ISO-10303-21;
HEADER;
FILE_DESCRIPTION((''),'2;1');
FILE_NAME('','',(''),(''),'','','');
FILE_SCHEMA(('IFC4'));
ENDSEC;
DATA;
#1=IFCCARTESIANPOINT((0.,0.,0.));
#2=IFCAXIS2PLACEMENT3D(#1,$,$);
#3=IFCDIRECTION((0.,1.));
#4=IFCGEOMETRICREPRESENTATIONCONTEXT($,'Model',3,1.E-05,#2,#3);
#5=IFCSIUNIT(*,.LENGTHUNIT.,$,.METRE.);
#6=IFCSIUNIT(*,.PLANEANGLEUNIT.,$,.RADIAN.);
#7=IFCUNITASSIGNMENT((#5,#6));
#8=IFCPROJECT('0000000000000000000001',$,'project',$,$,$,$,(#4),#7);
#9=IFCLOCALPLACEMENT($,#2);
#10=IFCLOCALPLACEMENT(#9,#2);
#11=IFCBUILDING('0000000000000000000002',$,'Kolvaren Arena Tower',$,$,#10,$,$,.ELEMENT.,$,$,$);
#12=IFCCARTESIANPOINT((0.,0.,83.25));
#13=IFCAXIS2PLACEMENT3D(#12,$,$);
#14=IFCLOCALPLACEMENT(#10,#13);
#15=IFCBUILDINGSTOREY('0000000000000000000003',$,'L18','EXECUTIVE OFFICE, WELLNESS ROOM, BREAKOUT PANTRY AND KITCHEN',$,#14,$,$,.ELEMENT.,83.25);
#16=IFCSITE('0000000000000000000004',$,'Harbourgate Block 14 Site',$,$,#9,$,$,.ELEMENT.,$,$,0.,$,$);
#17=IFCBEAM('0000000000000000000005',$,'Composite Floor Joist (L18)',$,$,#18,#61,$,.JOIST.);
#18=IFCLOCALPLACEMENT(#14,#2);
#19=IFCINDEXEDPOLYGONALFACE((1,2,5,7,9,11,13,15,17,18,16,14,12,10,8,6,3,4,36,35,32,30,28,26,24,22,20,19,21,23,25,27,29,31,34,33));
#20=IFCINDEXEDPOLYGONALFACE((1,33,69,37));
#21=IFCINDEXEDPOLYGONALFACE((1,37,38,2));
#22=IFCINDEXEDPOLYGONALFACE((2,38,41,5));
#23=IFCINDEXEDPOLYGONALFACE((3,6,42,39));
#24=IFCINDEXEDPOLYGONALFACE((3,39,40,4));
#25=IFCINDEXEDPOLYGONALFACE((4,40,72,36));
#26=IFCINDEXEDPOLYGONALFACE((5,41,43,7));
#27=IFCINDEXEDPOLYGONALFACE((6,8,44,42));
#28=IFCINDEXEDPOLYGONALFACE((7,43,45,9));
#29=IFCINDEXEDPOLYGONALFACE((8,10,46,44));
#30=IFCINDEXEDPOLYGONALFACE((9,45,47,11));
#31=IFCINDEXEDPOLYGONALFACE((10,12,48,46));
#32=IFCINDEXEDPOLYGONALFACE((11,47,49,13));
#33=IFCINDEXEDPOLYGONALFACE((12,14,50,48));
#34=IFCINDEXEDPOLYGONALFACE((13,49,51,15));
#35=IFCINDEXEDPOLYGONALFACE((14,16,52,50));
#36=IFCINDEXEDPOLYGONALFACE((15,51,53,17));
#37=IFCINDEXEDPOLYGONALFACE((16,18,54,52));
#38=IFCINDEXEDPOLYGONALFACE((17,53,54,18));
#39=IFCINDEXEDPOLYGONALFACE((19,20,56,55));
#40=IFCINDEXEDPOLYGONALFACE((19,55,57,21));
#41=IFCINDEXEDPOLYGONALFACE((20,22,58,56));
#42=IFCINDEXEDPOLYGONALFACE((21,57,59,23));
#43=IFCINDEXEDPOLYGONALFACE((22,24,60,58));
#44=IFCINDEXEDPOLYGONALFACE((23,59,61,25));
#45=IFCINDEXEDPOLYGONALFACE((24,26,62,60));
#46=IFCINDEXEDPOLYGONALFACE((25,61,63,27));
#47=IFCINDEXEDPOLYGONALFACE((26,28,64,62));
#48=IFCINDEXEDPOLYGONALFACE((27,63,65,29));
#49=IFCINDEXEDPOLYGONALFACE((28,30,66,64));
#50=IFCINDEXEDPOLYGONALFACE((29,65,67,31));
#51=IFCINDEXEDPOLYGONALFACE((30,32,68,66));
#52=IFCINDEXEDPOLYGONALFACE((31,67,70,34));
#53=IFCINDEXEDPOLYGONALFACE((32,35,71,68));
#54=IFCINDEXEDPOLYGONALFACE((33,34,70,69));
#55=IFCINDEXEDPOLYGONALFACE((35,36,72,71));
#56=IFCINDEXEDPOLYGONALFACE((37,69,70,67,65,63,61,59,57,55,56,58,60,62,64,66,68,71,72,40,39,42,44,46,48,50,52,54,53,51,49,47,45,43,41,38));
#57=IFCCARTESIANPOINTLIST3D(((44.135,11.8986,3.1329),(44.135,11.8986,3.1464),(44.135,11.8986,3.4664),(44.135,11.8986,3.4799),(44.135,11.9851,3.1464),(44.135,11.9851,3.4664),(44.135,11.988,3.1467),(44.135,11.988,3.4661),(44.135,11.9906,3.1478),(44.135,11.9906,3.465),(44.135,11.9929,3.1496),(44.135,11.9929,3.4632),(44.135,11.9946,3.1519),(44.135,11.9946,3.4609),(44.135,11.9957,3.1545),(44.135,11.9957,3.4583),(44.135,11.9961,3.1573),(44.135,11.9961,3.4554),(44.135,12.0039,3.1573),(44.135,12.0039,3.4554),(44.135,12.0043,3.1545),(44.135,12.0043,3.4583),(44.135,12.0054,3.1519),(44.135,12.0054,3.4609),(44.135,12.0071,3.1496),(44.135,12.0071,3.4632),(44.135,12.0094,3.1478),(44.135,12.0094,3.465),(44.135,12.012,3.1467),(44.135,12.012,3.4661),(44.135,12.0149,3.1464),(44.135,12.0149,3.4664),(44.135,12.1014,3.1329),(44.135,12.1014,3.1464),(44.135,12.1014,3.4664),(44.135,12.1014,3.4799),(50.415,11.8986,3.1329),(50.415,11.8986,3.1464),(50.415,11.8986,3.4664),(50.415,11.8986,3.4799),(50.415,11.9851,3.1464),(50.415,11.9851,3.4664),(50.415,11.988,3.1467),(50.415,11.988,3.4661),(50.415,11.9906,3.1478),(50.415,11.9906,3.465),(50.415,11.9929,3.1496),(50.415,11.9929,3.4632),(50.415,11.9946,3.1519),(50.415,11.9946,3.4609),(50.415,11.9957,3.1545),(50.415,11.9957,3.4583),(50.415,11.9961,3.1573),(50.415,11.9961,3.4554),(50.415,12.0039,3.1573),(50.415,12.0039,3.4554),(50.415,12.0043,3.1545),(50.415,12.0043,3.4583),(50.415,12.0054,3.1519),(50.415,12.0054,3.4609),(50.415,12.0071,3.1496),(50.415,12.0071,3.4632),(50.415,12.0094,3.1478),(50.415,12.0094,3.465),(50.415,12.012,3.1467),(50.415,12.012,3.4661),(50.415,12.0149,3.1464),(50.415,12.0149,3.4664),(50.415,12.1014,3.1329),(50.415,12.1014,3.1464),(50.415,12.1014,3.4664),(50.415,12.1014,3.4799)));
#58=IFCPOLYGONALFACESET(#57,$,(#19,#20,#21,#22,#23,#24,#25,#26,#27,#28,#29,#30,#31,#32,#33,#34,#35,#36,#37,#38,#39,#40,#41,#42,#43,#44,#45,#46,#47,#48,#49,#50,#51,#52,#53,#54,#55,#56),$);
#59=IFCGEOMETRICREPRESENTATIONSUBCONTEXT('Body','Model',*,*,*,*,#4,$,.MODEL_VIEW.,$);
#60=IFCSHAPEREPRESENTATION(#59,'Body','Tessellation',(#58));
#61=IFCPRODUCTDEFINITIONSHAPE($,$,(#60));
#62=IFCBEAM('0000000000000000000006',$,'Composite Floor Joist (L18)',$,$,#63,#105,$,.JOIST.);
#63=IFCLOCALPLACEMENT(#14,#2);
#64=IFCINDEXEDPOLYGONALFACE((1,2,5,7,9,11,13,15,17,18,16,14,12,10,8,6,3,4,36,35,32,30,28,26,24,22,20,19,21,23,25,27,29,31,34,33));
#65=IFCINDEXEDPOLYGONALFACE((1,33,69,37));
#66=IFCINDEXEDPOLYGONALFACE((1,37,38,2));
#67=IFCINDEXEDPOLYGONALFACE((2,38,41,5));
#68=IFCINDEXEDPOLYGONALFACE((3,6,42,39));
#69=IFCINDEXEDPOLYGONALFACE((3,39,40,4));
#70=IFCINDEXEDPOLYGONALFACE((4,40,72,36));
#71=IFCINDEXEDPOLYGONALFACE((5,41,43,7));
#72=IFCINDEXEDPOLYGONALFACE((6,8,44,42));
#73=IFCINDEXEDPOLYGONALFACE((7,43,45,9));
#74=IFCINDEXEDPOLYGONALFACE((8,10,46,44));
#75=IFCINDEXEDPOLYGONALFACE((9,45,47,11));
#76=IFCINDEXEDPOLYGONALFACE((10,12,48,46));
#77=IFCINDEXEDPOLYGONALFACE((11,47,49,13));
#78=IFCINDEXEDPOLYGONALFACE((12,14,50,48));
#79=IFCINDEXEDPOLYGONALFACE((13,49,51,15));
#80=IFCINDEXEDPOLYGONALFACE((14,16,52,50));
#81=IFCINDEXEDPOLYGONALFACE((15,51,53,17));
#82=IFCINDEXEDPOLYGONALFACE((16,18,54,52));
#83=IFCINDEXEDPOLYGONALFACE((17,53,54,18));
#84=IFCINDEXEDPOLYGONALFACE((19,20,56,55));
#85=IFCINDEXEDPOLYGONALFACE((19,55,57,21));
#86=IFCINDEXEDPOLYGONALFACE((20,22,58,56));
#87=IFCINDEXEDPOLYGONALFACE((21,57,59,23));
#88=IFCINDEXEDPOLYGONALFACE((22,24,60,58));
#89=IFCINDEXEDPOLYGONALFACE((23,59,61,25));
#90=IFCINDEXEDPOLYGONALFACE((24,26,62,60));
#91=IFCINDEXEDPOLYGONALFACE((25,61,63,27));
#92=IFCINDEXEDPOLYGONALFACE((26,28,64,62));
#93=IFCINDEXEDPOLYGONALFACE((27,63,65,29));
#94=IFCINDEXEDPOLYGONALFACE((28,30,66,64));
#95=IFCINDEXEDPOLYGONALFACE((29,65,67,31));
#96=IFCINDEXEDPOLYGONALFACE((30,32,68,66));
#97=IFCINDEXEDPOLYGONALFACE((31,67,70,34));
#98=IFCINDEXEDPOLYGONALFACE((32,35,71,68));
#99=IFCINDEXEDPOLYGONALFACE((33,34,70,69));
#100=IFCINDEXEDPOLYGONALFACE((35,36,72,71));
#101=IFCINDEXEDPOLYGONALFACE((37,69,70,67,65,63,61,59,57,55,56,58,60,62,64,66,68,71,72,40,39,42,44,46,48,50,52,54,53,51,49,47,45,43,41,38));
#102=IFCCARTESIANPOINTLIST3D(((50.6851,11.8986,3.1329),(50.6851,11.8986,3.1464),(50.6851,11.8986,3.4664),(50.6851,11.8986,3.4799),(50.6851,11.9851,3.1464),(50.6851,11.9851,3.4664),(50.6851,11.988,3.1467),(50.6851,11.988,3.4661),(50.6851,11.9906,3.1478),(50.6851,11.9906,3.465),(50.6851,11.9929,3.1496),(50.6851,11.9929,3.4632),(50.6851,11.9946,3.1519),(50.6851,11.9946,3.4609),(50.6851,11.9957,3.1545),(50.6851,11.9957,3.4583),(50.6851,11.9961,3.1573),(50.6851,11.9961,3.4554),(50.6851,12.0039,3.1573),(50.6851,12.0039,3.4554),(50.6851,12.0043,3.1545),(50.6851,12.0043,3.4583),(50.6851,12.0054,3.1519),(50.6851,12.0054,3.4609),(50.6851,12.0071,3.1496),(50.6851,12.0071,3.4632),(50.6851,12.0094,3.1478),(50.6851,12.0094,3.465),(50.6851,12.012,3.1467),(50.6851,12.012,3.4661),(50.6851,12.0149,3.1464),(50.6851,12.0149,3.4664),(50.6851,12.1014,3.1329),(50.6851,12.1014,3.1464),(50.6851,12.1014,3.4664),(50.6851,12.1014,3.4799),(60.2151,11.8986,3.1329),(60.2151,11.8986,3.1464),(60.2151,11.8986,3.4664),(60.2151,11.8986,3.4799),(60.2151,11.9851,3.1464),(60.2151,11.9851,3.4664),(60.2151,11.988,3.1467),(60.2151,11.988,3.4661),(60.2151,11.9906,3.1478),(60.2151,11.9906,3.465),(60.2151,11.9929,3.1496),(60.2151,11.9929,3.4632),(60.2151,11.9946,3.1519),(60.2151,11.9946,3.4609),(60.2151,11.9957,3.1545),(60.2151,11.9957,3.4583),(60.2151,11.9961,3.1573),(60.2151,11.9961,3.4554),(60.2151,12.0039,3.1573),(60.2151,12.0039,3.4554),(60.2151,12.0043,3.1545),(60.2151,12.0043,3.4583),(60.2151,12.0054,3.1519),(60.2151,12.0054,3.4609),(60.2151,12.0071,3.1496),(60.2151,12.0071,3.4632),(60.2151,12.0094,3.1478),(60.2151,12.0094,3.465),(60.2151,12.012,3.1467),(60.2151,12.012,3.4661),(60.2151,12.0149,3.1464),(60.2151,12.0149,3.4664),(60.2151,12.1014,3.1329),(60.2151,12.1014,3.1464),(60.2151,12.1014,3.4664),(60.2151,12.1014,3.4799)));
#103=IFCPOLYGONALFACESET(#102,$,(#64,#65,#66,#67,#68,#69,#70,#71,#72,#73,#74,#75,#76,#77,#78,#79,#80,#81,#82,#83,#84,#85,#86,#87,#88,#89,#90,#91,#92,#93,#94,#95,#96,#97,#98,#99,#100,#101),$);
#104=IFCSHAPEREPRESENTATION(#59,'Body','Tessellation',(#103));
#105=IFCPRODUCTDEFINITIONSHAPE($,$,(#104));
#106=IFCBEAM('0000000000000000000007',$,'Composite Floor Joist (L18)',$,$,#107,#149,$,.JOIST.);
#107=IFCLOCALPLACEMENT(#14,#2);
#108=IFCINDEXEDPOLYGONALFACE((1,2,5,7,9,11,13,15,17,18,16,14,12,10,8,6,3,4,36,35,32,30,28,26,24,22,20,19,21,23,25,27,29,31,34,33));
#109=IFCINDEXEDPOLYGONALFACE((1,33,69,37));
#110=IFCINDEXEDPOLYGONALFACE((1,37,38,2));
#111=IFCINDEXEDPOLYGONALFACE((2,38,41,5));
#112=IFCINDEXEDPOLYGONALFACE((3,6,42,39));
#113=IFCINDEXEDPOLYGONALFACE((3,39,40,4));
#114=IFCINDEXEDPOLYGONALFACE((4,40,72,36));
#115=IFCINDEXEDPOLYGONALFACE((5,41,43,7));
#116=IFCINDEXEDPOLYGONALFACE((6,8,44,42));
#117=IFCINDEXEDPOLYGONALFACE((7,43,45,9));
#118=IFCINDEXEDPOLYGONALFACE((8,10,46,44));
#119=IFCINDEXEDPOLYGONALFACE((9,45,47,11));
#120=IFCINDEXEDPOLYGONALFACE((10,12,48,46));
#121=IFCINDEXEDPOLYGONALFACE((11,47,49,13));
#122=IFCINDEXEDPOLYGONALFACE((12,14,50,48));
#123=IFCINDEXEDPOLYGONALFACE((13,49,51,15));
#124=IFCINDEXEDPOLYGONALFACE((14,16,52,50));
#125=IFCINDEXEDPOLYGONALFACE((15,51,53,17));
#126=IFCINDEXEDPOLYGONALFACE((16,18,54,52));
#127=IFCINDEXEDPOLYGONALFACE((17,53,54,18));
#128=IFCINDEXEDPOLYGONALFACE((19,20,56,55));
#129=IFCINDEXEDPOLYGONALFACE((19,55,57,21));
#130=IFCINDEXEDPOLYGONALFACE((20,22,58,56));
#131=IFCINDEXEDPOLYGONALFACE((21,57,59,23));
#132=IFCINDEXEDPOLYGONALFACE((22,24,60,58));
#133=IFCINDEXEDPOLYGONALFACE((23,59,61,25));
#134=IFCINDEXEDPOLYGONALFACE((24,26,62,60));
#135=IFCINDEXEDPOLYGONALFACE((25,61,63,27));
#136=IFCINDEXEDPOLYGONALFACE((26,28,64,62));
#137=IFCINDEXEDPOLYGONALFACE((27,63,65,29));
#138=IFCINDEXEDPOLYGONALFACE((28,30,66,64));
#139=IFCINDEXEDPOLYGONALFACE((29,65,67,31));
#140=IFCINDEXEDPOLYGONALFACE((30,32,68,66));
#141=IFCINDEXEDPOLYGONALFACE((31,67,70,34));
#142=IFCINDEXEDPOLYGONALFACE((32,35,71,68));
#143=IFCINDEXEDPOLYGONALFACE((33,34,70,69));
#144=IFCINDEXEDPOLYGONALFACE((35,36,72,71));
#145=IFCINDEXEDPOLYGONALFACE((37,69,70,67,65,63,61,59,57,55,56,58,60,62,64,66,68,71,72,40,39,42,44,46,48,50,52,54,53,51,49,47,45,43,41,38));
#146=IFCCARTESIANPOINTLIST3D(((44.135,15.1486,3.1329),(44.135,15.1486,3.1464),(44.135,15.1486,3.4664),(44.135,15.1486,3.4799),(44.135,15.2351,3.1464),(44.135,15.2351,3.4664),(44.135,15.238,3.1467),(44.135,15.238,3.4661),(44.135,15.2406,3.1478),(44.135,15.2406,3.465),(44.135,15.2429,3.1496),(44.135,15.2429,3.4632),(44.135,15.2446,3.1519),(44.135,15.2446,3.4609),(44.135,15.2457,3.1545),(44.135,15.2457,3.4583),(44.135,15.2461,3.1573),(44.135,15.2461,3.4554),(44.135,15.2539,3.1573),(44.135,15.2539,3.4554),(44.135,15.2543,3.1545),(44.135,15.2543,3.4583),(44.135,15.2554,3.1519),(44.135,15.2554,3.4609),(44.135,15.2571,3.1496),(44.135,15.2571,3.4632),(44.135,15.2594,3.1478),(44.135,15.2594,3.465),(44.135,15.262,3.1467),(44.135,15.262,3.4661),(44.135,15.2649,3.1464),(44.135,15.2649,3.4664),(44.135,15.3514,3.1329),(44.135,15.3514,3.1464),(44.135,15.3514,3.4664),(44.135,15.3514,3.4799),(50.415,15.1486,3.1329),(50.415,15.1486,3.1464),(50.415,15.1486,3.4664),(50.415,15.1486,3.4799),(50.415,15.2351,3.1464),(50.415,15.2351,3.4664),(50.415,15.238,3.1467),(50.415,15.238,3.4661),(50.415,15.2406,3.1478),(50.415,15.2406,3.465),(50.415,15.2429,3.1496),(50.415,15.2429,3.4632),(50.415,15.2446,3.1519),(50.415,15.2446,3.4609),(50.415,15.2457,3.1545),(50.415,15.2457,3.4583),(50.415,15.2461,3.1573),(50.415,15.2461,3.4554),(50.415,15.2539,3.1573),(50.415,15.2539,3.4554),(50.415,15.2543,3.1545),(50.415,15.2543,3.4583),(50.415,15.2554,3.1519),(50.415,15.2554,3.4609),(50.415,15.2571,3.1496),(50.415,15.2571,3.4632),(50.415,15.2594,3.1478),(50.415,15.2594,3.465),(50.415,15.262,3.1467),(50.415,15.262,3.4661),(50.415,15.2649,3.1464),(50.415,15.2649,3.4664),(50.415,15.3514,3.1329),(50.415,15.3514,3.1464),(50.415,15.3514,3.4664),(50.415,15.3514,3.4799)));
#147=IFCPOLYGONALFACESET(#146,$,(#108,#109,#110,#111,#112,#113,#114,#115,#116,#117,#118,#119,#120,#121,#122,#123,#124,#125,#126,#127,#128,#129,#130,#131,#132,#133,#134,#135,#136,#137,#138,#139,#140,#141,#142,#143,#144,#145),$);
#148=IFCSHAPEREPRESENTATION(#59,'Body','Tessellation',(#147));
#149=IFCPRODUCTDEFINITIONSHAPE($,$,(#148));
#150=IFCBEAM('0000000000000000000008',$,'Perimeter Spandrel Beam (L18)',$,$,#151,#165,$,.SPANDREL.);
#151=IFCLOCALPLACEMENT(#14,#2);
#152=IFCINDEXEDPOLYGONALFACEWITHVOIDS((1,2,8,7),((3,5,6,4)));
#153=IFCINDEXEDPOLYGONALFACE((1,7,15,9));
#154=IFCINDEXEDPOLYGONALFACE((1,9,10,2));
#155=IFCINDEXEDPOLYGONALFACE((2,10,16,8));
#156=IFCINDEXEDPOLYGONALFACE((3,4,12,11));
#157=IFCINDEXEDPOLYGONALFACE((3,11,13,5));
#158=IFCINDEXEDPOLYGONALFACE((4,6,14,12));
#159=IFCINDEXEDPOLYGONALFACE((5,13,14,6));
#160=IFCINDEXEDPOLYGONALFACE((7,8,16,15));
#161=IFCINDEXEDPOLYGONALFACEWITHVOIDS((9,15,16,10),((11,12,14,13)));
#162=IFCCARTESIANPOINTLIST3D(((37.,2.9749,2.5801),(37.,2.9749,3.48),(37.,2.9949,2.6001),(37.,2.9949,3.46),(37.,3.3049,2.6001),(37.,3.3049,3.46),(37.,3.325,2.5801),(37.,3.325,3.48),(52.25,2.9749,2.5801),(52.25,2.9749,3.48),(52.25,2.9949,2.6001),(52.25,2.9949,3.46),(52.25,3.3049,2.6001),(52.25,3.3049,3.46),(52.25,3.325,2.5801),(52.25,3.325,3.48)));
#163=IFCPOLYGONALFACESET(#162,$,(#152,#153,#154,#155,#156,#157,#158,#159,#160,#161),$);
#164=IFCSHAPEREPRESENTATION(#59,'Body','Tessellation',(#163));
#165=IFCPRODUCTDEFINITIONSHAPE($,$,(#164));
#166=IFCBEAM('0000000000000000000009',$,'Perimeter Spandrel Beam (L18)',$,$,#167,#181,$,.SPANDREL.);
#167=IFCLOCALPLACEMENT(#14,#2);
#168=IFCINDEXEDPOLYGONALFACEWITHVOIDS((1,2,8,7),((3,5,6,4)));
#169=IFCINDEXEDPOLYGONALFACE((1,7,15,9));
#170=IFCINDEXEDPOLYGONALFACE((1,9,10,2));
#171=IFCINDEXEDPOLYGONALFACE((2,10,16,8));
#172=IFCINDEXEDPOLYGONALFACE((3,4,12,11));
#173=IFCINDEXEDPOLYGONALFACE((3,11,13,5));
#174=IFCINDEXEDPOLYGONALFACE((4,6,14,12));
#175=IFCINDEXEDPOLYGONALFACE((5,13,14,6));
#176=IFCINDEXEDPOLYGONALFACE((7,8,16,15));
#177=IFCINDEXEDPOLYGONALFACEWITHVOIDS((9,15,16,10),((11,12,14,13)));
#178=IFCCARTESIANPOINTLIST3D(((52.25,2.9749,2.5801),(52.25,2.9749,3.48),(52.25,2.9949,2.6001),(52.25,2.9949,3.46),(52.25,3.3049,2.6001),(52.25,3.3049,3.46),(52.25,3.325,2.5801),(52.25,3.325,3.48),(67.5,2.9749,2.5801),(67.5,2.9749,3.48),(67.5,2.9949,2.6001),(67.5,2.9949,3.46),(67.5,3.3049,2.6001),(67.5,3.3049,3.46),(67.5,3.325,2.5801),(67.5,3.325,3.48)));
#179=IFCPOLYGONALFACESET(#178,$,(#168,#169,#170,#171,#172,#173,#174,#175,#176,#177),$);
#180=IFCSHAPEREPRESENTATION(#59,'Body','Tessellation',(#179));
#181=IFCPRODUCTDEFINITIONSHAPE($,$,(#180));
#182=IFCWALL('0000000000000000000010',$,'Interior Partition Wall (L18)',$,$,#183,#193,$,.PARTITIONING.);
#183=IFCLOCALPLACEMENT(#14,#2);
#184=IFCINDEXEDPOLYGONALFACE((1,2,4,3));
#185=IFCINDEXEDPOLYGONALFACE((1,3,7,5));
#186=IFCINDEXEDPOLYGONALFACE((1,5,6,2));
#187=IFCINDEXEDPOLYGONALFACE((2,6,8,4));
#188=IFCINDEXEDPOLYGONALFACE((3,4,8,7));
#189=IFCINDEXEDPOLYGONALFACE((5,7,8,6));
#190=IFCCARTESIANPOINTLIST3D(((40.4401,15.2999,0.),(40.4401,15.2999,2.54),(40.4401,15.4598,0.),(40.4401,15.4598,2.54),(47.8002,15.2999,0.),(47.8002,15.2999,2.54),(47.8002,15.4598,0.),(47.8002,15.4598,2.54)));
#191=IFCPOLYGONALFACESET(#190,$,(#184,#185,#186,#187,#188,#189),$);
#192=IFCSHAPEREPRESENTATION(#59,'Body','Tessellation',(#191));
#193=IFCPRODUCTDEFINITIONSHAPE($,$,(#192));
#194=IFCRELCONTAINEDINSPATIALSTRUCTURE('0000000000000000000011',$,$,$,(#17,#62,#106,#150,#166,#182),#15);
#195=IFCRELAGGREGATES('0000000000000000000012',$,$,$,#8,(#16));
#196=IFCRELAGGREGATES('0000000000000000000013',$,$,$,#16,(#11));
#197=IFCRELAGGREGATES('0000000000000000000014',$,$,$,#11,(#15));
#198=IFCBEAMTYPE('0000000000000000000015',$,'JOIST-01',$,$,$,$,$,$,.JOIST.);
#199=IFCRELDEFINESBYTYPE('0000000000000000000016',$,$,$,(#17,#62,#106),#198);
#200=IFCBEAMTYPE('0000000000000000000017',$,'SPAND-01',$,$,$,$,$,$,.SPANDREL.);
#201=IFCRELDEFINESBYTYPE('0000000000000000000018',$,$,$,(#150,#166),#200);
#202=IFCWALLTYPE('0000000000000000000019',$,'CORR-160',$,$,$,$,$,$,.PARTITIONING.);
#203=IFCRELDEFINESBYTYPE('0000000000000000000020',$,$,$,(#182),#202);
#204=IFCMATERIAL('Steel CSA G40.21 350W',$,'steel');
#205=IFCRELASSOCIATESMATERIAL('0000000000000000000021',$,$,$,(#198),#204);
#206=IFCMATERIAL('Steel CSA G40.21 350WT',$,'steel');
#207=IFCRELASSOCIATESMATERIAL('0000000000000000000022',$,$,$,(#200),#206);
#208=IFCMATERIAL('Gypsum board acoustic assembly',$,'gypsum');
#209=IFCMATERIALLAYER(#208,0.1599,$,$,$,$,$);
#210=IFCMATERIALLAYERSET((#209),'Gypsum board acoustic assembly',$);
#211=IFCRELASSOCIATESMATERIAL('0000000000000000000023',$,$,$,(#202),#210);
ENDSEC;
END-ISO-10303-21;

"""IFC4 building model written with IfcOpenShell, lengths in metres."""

from ifc_helpers import new_model, si_unit, direction, frame, frame_2d, origin, origin_2d, place, context, subcontext, project, spatial, rectangle, hollow_rectangle, i_section, extrude, material, layer, layer_set, material_profile, profile_set, type_object, element, save


model = new_model("IFC4")

# Units and contexts
model_context = context("Model", 3, precision=1e-05, world=origin(), true_north=direction((0.0, 1.0)))
body_context = subcontext(model_context, "Body", "Model", "MODEL_VIEW")
ifc_project = project(units=[si_unit("LENGTHUNIT", "METRE"), si_unit("PLANEANGLEUNIT", "RADIAN")], contexts=[model_context])

# Site, building, storey
site_placement = place(None, origin())
site = spatial("IfcSite", under=ifc_project, at=site_placement, Name="Harbourgate Block 14 Site", CompositionType="ELEMENT", RefElevation=0.0)
building_placement = place(site_placement, origin())
building = spatial("IfcBuilding", under=site, at=building_placement, Name="Kolvaren Arena Tower", CompositionType="ELEMENT")
storey_placement = place(building_placement, frame((0.0, 0.0, 83.25)))
storey = spatial("IfcBuildingStorey", under=building, at=storey_placement, Name="L18", Description="EXECUTIVE OFFICE, WELLNESS ROOM, BREAKOUT PANTRY AND KITCHEN", CompositionType="ELEMENT", Elevation=83.25)

# Beams
ifc_material_1 = material(Name="Steel CSA G40.21 350W", Category="steel")
ifc_material_profile_1 = material_profile(ifc_material_1, i_section(OverallWidth=0.2029, OverallDepth=0.3469, WebThickness=0.0078, FlangeThickness=0.0134, FilletRadius=0.011, at=origin_2d()), Name="W360x64")
ifc_profile_set_1 = profile_set([ifc_material_profile_1], Name="Steel CSA G40.21 350W")
beam_type_1 = type_object("IfcBeamType", Name="JOIST-01", PredefinedType="JOIST", material=ifc_profile_set_1)
beam_1_placement = place(storey_placement, frame((44.135, 12.0, 3.3064), z_axis=(1.0, 0.0, 0.0), x_axis=(0.0, 1.0, 0.0)))
element("IfcBeam", 1, at=beam_1_placement, inside=storey, type_object=beam_type_1, Name="Composite Floor Joist (L18)", PredefinedType="JOIST", context=body_context, shape_type="SweptSolid", body=[
    extrude(i_section(OverallWidth=0.2029, OverallDepth=0.3469, WebThickness=0.0078, FlangeThickness=0.0134, FilletRadius=0.011, at=origin_2d()), origin(), (0.0, 0.0, 1.0), 6.28),
])
beam_2_placement = place(storey_placement, frame((50.6851, 12.0, 3.3064), z_axis=(1.0, 0.0, 0.0), x_axis=(0.0, 1.0, 0.0)))
element("IfcBeam", 2, at=beam_2_placement, inside=storey, type_object=beam_type_1, Name="Composite Floor Joist (L18)", PredefinedType="JOIST", context=body_context, shape_type="SweptSolid", body=[
    extrude(i_section(OverallWidth=0.2029, OverallDepth=0.3469, WebThickness=0.0078, FlangeThickness=0.0134, FilletRadius=0.011, at=origin_2d()), origin(), (0.0, 0.0, 1.0), 9.53),
])
beam_3_placement = place(storey_placement, frame((44.135, 15.25, 3.3064), z_axis=(1.0, 0.0, 0.0), x_axis=(0.0, 1.0, 0.0)))
element("IfcBeam", 3, at=beam_3_placement, inside=storey, type_object=beam_type_1, Name="Composite Floor Joist (L18)", PredefinedType="JOIST", context=body_context, shape_type="SweptSolid", body=[
    extrude(i_section(OverallWidth=0.2029, OverallDepth=0.3469, WebThickness=0.0078, FlangeThickness=0.0134, FilletRadius=0.011, at=origin_2d()), origin(), (0.0, 0.0, 1.0), 6.28),
])
ifc_material_2 = material(Name="Steel CSA G40.21 350WT", Category="steel")
ifc_material_profile_2 = material_profile(ifc_material_2, hollow_rectangle(XDim=0.3501, YDim=0.8999, WallThickness=0.02, at=origin_2d()), Name="HSS 900x350x20")
ifc_profile_set_2 = profile_set([ifc_material_profile_2], Name="Steel CSA G40.21 350WT")
beam_type_2 = type_object("IfcBeamType", Name="SPAND-01", PredefinedType="SPANDREL", material=ifc_profile_set_2)
for number, where, z_axis, x_axis, name in (
    (4, (37.0, 3.1499, 3.03), (1.0, 0.0, 0.0), (0.0, 1.0, 0.0), "Perimeter Spandrel Beam (L18)"),
    (5, (52.25, 3.1499, 3.03), (1.0, 0.0, 0.0), (0.0, 1.0, 0.0), "Perimeter Spandrel Beam (L18)"),
):
    element("IfcBeam", number, at=place(storey_placement, frame(where, z_axis=z_axis, x_axis=x_axis)), inside=storey, type_object=beam_type_2, Name=name, PredefinedType="SPANDREL", context=body_context, shape_type="SweptSolid", body=[
        extrude(hollow_rectangle(XDim=0.3501, YDim=0.8999, WallThickness=0.02, at=origin_2d()), origin(), (0.0, 0.0, 1.0), 15.25),
    ])

# Wall
ifc_material_3 = material(Name="Gypsum board acoustic assembly", Category="gypsum")
ifc_layer_1 = layer(ifc_material_3, 0.1599)
ifc_layer_set_1 = layer_set([ifc_layer_1], Name="Gypsum board acoustic assembly")
wall_type_1 = type_object("IfcWallType", Name="CORR-160", PredefinedType="PARTITIONING", material=ifc_layer_set_1)
wall_placement = place(storey_placement, frame((40.4399, 15.3799, 0.0), z_axis=(0.0, 0.0, 1.0), x_axis=(1.0, 0.0, 0.0)))
element("IfcWall", 6, at=wall_placement, inside=storey, type_object=wall_type_1, Name="Interior Partition Wall (L18)", PredefinedType="PARTITIONING", context=body_context, shape_type="SweptSolid", body=[
    extrude(rectangle(XDim=7.3601, YDim=0.1599, at=frame_2d((3.6802, 0.0))), origin(), (0.0, 0.0, 1.0), 2.54),
])

save(model, "model.ifc")
